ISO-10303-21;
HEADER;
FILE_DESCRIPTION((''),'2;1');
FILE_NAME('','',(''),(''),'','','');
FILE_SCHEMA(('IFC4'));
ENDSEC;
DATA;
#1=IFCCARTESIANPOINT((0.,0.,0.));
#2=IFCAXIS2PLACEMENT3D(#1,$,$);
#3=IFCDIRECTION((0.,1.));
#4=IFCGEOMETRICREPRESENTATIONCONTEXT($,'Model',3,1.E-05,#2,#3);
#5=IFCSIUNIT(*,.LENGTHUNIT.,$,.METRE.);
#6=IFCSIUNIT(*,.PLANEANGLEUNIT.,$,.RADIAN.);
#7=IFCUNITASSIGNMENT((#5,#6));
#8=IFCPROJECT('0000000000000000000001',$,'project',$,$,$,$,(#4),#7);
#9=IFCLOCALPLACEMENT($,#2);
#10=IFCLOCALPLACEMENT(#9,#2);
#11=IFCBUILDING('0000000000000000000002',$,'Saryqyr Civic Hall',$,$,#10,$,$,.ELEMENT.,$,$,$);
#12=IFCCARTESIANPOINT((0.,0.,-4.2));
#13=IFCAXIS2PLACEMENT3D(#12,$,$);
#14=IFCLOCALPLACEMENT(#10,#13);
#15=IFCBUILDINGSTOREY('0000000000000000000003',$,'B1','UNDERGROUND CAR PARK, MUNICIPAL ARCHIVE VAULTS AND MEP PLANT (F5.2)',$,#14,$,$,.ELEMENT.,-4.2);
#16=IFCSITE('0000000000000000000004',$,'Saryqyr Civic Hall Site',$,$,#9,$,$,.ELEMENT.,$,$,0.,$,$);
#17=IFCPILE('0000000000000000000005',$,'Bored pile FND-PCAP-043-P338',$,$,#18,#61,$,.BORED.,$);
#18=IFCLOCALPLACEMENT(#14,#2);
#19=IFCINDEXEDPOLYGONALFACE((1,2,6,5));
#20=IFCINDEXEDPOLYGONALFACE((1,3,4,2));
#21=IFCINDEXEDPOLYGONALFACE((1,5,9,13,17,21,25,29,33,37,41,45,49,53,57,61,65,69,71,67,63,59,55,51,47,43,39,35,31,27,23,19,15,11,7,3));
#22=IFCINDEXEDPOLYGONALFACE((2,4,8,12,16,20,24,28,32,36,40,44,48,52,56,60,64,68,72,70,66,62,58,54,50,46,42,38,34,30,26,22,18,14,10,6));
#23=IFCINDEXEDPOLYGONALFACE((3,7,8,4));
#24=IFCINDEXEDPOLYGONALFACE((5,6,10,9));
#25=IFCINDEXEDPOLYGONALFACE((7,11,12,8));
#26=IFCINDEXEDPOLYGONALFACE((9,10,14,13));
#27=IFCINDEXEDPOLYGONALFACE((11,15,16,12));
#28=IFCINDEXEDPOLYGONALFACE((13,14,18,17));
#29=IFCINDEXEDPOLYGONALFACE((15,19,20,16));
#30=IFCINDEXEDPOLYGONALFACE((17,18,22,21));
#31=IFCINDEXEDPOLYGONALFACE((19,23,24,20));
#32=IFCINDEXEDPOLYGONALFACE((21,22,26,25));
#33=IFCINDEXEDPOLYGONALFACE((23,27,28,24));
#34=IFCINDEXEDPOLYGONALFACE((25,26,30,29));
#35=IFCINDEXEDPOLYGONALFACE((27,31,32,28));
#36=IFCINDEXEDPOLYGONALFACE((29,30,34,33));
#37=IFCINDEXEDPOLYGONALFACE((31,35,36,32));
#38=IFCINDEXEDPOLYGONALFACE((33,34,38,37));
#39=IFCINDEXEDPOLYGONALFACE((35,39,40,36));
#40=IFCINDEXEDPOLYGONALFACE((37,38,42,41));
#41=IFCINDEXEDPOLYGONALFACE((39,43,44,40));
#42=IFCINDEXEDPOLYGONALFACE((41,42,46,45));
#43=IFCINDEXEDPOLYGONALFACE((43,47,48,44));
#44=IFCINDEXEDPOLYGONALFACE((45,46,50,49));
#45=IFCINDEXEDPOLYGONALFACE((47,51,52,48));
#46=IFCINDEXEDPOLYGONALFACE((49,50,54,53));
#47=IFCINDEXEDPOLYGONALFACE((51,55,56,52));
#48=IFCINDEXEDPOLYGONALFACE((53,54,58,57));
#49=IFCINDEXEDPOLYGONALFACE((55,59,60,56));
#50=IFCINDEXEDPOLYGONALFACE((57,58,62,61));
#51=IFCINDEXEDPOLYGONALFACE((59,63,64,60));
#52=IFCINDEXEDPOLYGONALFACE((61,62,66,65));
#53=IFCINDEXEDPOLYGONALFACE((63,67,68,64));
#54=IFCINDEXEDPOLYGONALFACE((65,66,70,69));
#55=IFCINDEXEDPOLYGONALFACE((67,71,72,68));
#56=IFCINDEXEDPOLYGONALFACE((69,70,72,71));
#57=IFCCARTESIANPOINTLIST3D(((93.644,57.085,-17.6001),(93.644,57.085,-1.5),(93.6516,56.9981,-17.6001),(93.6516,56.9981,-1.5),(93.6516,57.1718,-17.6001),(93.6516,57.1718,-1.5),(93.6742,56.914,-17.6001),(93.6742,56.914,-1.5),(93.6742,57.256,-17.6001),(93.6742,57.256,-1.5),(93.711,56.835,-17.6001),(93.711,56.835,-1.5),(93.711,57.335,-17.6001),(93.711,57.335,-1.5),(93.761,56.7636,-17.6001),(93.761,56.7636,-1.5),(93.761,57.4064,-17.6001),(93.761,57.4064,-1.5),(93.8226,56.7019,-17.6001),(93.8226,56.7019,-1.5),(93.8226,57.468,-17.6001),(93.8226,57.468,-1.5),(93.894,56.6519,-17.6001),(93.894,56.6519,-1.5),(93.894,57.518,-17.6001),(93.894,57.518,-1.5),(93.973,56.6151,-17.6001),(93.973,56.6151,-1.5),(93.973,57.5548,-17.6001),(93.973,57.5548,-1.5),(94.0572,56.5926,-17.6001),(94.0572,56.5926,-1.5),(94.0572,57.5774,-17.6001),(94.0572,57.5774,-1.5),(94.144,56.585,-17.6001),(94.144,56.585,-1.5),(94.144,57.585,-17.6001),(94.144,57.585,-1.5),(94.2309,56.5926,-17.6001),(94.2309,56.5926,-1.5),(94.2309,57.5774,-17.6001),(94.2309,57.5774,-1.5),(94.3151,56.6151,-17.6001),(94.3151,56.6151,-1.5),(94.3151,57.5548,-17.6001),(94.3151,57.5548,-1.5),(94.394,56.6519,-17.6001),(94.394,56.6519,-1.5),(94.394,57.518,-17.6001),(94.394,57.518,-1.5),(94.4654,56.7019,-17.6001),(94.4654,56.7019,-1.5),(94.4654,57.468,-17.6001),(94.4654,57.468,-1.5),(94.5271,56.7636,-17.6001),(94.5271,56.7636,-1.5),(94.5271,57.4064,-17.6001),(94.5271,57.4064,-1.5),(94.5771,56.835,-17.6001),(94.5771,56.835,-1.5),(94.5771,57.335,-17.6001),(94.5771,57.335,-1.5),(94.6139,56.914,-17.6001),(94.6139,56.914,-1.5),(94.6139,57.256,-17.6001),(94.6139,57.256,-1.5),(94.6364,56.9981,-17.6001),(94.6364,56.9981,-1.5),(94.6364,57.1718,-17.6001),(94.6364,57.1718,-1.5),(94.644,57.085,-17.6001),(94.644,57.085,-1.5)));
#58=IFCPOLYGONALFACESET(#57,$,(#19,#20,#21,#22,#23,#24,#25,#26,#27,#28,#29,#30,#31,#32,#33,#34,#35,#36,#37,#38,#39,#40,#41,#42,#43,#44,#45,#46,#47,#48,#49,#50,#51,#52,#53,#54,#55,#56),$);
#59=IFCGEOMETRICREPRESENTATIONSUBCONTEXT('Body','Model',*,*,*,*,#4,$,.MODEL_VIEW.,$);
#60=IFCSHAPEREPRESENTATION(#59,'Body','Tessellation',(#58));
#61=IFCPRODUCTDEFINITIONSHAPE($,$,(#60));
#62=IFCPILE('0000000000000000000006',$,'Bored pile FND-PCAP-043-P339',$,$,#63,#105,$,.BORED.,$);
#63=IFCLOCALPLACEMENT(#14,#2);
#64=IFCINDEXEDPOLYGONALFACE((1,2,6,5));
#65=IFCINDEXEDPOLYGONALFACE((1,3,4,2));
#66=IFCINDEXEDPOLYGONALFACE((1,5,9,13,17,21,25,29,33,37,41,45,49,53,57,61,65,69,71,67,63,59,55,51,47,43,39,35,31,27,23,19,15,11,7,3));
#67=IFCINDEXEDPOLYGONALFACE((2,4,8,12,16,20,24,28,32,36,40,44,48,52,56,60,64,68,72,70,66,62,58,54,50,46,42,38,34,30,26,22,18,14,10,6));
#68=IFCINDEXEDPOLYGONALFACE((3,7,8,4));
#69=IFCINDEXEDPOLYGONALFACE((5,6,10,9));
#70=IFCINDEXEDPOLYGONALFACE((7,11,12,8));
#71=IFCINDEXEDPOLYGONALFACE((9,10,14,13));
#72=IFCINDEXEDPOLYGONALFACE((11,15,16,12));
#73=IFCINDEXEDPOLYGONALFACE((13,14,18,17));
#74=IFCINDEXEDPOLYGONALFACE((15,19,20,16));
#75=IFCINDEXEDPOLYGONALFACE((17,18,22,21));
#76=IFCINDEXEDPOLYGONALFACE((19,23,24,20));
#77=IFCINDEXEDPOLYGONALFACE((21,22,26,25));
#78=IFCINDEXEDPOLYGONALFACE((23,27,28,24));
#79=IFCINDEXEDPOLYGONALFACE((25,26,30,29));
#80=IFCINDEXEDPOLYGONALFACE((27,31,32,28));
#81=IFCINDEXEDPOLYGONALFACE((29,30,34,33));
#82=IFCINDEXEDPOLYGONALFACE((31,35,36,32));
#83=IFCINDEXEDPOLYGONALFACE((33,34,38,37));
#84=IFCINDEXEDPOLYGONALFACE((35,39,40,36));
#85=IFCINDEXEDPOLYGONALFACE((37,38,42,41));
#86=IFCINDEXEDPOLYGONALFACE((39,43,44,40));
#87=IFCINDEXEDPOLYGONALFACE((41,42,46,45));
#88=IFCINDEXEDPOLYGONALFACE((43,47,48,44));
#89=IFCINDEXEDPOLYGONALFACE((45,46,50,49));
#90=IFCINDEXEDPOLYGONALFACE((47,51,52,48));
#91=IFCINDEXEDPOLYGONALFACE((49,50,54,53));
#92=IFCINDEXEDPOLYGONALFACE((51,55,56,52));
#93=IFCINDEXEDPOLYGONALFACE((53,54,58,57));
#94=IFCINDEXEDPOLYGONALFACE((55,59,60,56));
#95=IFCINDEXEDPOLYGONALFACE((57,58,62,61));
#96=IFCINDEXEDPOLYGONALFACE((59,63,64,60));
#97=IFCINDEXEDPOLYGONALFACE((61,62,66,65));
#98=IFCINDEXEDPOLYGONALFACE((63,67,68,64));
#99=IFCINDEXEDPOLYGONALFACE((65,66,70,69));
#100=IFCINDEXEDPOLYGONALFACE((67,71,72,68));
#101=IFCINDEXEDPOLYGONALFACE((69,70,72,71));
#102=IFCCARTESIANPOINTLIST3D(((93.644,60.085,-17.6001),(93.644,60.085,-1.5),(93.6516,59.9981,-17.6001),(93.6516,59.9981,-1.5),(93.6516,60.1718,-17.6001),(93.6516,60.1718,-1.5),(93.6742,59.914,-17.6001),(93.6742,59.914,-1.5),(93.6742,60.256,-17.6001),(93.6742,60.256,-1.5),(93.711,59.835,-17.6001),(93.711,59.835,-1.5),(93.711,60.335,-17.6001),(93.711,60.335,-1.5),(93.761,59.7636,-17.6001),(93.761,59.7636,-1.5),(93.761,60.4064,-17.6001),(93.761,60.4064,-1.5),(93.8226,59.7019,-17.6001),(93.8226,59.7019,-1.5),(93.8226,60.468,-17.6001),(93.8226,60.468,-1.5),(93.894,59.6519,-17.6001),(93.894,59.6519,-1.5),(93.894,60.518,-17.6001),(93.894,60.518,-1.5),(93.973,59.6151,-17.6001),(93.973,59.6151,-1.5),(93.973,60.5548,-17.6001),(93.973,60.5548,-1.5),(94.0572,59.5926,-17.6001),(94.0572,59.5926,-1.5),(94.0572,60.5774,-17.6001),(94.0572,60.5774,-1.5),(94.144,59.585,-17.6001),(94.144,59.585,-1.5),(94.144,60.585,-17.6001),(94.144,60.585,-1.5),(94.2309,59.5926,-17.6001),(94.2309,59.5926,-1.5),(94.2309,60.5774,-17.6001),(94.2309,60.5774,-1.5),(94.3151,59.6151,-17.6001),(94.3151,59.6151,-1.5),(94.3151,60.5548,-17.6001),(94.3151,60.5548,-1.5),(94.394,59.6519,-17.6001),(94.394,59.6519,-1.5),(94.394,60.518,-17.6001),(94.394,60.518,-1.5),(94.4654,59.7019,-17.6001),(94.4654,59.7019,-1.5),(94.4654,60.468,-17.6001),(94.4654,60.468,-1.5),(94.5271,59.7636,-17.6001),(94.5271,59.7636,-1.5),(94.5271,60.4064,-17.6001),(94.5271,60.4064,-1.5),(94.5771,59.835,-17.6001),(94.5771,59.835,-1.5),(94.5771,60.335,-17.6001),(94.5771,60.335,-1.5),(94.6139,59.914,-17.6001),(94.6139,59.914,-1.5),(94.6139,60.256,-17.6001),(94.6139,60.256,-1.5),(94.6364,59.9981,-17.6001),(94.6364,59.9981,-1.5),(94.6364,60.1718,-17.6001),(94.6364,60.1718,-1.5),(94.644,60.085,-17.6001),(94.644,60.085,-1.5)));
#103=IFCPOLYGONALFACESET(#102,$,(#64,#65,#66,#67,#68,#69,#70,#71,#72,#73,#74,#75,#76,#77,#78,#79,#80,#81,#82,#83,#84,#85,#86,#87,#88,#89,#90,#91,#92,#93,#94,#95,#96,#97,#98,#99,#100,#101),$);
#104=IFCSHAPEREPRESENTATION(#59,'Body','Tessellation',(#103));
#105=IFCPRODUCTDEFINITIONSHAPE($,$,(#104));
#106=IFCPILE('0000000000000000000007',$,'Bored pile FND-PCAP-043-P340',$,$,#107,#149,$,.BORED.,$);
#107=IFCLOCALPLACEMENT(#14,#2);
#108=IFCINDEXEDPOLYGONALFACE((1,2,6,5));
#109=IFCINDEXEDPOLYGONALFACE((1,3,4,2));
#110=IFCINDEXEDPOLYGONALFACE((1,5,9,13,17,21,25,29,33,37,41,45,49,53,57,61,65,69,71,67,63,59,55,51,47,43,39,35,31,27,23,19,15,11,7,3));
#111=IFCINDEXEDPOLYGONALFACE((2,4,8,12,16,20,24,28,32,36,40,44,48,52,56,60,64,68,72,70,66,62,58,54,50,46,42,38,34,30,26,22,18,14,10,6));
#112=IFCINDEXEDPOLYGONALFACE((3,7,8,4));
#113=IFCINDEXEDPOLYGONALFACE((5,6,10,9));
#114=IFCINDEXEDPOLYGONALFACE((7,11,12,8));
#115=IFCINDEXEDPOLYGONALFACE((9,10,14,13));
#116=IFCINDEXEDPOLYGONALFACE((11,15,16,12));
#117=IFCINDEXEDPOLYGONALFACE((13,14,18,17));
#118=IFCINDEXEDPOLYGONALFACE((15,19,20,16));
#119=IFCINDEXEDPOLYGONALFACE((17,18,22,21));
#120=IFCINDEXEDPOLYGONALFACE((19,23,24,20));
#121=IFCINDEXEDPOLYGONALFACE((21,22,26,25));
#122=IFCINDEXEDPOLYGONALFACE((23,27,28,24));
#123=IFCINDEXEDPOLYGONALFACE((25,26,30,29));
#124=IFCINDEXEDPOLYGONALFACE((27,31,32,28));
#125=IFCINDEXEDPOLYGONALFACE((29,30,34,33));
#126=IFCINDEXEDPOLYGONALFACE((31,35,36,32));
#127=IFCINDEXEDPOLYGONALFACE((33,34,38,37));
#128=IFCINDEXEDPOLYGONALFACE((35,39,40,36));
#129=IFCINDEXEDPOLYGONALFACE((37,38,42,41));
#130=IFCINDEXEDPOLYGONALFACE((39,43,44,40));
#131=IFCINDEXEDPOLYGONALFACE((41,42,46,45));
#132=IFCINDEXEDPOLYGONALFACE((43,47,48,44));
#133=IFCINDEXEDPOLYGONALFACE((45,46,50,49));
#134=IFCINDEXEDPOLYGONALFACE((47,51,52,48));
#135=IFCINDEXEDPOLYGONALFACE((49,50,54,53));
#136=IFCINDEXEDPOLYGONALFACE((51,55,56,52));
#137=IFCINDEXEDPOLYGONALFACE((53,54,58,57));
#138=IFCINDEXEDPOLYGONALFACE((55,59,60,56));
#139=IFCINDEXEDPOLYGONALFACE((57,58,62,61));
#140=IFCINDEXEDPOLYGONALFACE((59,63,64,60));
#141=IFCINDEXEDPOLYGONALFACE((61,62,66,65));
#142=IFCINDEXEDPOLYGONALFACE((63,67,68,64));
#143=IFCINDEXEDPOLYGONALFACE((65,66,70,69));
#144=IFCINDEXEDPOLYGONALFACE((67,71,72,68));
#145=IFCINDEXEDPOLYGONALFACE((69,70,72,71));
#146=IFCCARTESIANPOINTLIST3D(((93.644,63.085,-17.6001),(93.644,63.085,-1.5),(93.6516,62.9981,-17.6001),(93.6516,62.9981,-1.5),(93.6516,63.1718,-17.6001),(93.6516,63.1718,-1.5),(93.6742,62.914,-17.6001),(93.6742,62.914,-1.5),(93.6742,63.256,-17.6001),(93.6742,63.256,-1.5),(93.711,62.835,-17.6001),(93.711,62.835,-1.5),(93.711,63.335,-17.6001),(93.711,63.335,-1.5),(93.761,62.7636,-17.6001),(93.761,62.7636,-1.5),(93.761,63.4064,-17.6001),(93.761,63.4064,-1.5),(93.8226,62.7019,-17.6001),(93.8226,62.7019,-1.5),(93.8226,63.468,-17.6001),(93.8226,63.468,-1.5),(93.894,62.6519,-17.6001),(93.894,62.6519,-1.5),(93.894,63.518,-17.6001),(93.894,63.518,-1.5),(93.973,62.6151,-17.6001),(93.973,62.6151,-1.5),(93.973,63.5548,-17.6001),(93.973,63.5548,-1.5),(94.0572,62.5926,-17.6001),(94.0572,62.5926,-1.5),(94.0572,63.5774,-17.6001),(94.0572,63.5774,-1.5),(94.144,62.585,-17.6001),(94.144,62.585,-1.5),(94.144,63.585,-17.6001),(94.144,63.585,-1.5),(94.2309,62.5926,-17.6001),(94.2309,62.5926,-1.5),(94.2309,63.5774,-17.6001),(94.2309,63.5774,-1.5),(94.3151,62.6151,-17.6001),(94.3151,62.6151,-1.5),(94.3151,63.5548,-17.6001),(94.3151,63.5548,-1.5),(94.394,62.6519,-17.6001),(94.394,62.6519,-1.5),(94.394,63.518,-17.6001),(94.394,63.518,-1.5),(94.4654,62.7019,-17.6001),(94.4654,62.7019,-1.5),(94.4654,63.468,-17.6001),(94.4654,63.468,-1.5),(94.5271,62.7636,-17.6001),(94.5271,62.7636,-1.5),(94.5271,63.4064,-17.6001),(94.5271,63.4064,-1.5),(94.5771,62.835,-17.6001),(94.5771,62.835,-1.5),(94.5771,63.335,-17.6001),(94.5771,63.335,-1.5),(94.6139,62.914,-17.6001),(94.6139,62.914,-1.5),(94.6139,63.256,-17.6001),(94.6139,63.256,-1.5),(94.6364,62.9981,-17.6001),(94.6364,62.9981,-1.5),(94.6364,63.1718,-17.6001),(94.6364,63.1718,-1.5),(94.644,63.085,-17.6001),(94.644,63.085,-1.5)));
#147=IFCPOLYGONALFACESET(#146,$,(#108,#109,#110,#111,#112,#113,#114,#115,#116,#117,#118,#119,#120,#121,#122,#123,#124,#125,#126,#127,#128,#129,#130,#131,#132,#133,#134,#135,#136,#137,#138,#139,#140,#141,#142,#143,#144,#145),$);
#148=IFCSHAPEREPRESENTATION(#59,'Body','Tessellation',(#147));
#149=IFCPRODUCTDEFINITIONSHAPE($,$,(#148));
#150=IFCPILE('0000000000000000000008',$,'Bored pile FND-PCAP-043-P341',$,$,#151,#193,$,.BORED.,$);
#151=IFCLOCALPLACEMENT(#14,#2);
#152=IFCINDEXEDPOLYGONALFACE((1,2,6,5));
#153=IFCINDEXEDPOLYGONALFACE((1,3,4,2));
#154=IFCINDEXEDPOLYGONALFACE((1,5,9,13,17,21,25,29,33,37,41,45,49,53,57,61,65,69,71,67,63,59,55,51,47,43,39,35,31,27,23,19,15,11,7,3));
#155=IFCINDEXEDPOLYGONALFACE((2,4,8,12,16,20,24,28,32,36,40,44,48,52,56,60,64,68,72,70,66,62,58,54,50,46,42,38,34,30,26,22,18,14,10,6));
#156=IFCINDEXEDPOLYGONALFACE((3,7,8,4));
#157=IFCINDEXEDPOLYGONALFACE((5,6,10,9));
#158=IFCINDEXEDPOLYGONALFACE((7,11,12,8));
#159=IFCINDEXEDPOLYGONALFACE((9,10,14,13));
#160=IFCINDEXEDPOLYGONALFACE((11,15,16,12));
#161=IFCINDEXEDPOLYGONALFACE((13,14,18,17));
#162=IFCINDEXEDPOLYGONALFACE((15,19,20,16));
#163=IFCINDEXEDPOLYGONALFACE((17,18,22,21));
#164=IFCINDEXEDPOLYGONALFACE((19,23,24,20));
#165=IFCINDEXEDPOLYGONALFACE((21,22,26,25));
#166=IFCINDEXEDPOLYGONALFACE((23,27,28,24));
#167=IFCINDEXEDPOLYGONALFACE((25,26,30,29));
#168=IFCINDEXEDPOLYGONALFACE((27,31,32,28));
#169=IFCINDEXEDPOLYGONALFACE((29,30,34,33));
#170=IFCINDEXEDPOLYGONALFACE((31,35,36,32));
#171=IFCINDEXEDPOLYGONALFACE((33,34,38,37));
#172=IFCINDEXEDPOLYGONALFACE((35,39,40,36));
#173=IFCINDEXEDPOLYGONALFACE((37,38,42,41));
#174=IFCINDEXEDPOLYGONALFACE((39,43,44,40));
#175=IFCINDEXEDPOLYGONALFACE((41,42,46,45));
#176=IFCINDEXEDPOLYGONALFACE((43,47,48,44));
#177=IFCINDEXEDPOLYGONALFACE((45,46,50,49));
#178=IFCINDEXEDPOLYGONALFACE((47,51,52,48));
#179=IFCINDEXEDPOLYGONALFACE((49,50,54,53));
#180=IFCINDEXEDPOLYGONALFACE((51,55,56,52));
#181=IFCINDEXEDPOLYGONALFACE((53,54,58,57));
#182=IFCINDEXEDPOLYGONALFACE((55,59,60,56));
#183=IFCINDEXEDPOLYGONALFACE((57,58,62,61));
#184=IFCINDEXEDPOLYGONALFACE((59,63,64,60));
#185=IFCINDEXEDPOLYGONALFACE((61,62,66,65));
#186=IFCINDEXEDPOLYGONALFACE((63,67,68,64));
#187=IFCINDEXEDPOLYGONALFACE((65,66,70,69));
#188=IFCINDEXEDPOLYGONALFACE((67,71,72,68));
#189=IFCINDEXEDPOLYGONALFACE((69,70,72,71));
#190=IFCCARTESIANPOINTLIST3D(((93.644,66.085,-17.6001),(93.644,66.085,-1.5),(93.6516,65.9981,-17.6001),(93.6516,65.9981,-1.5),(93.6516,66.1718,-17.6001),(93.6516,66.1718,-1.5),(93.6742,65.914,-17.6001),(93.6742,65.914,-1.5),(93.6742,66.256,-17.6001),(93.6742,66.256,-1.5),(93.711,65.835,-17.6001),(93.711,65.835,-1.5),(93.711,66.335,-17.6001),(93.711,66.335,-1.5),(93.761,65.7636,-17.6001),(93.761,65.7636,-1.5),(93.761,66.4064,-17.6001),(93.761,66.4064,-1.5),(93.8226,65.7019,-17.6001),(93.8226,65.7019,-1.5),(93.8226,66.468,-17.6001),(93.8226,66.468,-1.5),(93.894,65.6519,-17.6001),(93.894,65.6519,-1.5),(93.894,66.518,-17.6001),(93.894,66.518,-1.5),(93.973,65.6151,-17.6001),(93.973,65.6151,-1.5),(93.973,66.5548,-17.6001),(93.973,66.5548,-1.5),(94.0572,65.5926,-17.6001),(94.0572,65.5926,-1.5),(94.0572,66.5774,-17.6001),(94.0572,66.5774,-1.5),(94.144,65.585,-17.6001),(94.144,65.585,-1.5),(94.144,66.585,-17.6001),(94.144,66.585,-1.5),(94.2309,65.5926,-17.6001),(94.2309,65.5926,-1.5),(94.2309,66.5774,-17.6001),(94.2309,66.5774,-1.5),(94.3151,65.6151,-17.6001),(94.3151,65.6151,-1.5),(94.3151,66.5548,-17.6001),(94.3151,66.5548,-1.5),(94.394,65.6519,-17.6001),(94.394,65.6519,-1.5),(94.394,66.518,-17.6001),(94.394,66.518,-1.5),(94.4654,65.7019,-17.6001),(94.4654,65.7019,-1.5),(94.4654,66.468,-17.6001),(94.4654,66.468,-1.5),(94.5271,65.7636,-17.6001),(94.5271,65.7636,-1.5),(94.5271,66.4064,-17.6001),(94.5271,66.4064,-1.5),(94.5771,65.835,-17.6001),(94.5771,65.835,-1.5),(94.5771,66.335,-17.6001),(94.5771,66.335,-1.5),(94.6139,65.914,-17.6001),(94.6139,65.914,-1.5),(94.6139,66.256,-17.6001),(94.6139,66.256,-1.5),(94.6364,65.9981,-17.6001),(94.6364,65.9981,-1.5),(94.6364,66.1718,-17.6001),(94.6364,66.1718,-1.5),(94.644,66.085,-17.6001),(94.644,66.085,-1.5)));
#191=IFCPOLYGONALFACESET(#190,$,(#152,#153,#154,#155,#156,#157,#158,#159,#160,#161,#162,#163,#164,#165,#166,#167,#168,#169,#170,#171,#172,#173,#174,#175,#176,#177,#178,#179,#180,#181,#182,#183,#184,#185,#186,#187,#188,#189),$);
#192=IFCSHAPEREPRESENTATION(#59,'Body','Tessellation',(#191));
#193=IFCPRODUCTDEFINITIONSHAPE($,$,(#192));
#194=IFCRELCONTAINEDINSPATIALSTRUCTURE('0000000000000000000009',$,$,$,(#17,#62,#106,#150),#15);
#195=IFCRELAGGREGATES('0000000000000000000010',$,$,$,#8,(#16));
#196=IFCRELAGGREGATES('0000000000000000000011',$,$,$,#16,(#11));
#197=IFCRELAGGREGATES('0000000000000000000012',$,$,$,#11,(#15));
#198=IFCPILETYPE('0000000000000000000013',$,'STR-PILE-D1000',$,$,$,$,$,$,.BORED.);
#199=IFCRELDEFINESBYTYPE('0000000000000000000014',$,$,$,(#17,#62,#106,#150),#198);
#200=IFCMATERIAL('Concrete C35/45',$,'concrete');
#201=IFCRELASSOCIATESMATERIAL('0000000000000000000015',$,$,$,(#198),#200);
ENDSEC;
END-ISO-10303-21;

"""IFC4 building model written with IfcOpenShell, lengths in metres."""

from ifc_helpers import new_model, si_unit, direction, frame, origin, origin_2d, place, context, subcontext, project, spatial, circle, extrude, material, material_profile, profile_set, type_object, element, save


model = new_model("IFC4")

# Units and contexts
model_context = context("Model", 3, precision=1e-05, world=origin(), true_north=direction((0.0, 1.0)))
body_context = subcontext(model_context, "Body", "Model", "MODEL_VIEW")
ifc_project = project(units=[si_unit("LENGTHUNIT", "METRE"), si_unit("PLANEANGLEUNIT", "RADIAN")], contexts=[model_context])

# Site, building, storey
site_placement = place(None, origin())
site = spatial("IfcSite", under=ifc_project, at=site_placement, Name="Saryqyr Civic Hall Site", CompositionType="ELEMENT", RefElevation=0.0)
building_placement = place(site_placement, origin())
building = spatial("IfcBuilding", under=site, at=building_placement, Name="Saryqyr Civic Hall", CompositionType="ELEMENT")
storey_placement = place(building_placement, frame((0.0, 0.0, -4.2)))
storey = spatial("IfcBuildingStorey", under=building, at=storey_placement, Name="B1", Description="UNDERGROUND CAR PARK, MUNICIPAL ARCHIVE VAULTS AND MEP PLANT (F5.2)", CompositionType="ELEMENT", Elevation=-4.2)

# Piles
ifc_material_1 = material(Name="Concrete C35/45", Category="concrete")
ifc_material_profile_1 = material_profile(ifc_material_1, circle(Radius=0.5, at=origin_2d()), Name="BORED PILE D1000")
ifc_profile_set_1 = profile_set([ifc_material_profile_1], Name="Concrete C35/45")
pile_type = type_object("IfcPileType", Name="STR-PILE-D1000", PredefinedType="BORED", material=ifc_profile_set_1)
for number, where, z_axis, x_axis, name in (
    (1, (94.144, 57.085, -1.5), (0.0, 0.0, -1.0), (1.0, 0.0, 0.0), "Bored pile FND-PCAP-043-P338"),
    (2, (94.144, 60.085, -1.5), (0.0, 0.0, -1.0), (1.0, 0.0, 0.0), "Bored pile FND-PCAP-043-P339"),
    (3, (94.144, 63.085, -1.5), (0.0, 0.0, -1.0), (1.0, 0.0, 0.0), "Bored pile FND-PCAP-043-P340"),
    (4, (94.144, 66.085, -1.5), (0.0, 0.0, -1.0), (1.0, 0.0, 0.0), "Bored pile FND-PCAP-043-P341"),
):
    element("IfcPile", number, at=place(storey_placement, frame(where, z_axis=z_axis, x_axis=x_axis)), inside=storey, type_object=pile_type, Name=name, PredefinedType="BORED", context=body_context, shape_type="SweptSolid", body=[
        extrude(circle(Radius=0.5, at=origin_2d()), origin(), (0.0, 0.0, 1.0), 16.1001),
    ])

save(model, "model.ifc")
